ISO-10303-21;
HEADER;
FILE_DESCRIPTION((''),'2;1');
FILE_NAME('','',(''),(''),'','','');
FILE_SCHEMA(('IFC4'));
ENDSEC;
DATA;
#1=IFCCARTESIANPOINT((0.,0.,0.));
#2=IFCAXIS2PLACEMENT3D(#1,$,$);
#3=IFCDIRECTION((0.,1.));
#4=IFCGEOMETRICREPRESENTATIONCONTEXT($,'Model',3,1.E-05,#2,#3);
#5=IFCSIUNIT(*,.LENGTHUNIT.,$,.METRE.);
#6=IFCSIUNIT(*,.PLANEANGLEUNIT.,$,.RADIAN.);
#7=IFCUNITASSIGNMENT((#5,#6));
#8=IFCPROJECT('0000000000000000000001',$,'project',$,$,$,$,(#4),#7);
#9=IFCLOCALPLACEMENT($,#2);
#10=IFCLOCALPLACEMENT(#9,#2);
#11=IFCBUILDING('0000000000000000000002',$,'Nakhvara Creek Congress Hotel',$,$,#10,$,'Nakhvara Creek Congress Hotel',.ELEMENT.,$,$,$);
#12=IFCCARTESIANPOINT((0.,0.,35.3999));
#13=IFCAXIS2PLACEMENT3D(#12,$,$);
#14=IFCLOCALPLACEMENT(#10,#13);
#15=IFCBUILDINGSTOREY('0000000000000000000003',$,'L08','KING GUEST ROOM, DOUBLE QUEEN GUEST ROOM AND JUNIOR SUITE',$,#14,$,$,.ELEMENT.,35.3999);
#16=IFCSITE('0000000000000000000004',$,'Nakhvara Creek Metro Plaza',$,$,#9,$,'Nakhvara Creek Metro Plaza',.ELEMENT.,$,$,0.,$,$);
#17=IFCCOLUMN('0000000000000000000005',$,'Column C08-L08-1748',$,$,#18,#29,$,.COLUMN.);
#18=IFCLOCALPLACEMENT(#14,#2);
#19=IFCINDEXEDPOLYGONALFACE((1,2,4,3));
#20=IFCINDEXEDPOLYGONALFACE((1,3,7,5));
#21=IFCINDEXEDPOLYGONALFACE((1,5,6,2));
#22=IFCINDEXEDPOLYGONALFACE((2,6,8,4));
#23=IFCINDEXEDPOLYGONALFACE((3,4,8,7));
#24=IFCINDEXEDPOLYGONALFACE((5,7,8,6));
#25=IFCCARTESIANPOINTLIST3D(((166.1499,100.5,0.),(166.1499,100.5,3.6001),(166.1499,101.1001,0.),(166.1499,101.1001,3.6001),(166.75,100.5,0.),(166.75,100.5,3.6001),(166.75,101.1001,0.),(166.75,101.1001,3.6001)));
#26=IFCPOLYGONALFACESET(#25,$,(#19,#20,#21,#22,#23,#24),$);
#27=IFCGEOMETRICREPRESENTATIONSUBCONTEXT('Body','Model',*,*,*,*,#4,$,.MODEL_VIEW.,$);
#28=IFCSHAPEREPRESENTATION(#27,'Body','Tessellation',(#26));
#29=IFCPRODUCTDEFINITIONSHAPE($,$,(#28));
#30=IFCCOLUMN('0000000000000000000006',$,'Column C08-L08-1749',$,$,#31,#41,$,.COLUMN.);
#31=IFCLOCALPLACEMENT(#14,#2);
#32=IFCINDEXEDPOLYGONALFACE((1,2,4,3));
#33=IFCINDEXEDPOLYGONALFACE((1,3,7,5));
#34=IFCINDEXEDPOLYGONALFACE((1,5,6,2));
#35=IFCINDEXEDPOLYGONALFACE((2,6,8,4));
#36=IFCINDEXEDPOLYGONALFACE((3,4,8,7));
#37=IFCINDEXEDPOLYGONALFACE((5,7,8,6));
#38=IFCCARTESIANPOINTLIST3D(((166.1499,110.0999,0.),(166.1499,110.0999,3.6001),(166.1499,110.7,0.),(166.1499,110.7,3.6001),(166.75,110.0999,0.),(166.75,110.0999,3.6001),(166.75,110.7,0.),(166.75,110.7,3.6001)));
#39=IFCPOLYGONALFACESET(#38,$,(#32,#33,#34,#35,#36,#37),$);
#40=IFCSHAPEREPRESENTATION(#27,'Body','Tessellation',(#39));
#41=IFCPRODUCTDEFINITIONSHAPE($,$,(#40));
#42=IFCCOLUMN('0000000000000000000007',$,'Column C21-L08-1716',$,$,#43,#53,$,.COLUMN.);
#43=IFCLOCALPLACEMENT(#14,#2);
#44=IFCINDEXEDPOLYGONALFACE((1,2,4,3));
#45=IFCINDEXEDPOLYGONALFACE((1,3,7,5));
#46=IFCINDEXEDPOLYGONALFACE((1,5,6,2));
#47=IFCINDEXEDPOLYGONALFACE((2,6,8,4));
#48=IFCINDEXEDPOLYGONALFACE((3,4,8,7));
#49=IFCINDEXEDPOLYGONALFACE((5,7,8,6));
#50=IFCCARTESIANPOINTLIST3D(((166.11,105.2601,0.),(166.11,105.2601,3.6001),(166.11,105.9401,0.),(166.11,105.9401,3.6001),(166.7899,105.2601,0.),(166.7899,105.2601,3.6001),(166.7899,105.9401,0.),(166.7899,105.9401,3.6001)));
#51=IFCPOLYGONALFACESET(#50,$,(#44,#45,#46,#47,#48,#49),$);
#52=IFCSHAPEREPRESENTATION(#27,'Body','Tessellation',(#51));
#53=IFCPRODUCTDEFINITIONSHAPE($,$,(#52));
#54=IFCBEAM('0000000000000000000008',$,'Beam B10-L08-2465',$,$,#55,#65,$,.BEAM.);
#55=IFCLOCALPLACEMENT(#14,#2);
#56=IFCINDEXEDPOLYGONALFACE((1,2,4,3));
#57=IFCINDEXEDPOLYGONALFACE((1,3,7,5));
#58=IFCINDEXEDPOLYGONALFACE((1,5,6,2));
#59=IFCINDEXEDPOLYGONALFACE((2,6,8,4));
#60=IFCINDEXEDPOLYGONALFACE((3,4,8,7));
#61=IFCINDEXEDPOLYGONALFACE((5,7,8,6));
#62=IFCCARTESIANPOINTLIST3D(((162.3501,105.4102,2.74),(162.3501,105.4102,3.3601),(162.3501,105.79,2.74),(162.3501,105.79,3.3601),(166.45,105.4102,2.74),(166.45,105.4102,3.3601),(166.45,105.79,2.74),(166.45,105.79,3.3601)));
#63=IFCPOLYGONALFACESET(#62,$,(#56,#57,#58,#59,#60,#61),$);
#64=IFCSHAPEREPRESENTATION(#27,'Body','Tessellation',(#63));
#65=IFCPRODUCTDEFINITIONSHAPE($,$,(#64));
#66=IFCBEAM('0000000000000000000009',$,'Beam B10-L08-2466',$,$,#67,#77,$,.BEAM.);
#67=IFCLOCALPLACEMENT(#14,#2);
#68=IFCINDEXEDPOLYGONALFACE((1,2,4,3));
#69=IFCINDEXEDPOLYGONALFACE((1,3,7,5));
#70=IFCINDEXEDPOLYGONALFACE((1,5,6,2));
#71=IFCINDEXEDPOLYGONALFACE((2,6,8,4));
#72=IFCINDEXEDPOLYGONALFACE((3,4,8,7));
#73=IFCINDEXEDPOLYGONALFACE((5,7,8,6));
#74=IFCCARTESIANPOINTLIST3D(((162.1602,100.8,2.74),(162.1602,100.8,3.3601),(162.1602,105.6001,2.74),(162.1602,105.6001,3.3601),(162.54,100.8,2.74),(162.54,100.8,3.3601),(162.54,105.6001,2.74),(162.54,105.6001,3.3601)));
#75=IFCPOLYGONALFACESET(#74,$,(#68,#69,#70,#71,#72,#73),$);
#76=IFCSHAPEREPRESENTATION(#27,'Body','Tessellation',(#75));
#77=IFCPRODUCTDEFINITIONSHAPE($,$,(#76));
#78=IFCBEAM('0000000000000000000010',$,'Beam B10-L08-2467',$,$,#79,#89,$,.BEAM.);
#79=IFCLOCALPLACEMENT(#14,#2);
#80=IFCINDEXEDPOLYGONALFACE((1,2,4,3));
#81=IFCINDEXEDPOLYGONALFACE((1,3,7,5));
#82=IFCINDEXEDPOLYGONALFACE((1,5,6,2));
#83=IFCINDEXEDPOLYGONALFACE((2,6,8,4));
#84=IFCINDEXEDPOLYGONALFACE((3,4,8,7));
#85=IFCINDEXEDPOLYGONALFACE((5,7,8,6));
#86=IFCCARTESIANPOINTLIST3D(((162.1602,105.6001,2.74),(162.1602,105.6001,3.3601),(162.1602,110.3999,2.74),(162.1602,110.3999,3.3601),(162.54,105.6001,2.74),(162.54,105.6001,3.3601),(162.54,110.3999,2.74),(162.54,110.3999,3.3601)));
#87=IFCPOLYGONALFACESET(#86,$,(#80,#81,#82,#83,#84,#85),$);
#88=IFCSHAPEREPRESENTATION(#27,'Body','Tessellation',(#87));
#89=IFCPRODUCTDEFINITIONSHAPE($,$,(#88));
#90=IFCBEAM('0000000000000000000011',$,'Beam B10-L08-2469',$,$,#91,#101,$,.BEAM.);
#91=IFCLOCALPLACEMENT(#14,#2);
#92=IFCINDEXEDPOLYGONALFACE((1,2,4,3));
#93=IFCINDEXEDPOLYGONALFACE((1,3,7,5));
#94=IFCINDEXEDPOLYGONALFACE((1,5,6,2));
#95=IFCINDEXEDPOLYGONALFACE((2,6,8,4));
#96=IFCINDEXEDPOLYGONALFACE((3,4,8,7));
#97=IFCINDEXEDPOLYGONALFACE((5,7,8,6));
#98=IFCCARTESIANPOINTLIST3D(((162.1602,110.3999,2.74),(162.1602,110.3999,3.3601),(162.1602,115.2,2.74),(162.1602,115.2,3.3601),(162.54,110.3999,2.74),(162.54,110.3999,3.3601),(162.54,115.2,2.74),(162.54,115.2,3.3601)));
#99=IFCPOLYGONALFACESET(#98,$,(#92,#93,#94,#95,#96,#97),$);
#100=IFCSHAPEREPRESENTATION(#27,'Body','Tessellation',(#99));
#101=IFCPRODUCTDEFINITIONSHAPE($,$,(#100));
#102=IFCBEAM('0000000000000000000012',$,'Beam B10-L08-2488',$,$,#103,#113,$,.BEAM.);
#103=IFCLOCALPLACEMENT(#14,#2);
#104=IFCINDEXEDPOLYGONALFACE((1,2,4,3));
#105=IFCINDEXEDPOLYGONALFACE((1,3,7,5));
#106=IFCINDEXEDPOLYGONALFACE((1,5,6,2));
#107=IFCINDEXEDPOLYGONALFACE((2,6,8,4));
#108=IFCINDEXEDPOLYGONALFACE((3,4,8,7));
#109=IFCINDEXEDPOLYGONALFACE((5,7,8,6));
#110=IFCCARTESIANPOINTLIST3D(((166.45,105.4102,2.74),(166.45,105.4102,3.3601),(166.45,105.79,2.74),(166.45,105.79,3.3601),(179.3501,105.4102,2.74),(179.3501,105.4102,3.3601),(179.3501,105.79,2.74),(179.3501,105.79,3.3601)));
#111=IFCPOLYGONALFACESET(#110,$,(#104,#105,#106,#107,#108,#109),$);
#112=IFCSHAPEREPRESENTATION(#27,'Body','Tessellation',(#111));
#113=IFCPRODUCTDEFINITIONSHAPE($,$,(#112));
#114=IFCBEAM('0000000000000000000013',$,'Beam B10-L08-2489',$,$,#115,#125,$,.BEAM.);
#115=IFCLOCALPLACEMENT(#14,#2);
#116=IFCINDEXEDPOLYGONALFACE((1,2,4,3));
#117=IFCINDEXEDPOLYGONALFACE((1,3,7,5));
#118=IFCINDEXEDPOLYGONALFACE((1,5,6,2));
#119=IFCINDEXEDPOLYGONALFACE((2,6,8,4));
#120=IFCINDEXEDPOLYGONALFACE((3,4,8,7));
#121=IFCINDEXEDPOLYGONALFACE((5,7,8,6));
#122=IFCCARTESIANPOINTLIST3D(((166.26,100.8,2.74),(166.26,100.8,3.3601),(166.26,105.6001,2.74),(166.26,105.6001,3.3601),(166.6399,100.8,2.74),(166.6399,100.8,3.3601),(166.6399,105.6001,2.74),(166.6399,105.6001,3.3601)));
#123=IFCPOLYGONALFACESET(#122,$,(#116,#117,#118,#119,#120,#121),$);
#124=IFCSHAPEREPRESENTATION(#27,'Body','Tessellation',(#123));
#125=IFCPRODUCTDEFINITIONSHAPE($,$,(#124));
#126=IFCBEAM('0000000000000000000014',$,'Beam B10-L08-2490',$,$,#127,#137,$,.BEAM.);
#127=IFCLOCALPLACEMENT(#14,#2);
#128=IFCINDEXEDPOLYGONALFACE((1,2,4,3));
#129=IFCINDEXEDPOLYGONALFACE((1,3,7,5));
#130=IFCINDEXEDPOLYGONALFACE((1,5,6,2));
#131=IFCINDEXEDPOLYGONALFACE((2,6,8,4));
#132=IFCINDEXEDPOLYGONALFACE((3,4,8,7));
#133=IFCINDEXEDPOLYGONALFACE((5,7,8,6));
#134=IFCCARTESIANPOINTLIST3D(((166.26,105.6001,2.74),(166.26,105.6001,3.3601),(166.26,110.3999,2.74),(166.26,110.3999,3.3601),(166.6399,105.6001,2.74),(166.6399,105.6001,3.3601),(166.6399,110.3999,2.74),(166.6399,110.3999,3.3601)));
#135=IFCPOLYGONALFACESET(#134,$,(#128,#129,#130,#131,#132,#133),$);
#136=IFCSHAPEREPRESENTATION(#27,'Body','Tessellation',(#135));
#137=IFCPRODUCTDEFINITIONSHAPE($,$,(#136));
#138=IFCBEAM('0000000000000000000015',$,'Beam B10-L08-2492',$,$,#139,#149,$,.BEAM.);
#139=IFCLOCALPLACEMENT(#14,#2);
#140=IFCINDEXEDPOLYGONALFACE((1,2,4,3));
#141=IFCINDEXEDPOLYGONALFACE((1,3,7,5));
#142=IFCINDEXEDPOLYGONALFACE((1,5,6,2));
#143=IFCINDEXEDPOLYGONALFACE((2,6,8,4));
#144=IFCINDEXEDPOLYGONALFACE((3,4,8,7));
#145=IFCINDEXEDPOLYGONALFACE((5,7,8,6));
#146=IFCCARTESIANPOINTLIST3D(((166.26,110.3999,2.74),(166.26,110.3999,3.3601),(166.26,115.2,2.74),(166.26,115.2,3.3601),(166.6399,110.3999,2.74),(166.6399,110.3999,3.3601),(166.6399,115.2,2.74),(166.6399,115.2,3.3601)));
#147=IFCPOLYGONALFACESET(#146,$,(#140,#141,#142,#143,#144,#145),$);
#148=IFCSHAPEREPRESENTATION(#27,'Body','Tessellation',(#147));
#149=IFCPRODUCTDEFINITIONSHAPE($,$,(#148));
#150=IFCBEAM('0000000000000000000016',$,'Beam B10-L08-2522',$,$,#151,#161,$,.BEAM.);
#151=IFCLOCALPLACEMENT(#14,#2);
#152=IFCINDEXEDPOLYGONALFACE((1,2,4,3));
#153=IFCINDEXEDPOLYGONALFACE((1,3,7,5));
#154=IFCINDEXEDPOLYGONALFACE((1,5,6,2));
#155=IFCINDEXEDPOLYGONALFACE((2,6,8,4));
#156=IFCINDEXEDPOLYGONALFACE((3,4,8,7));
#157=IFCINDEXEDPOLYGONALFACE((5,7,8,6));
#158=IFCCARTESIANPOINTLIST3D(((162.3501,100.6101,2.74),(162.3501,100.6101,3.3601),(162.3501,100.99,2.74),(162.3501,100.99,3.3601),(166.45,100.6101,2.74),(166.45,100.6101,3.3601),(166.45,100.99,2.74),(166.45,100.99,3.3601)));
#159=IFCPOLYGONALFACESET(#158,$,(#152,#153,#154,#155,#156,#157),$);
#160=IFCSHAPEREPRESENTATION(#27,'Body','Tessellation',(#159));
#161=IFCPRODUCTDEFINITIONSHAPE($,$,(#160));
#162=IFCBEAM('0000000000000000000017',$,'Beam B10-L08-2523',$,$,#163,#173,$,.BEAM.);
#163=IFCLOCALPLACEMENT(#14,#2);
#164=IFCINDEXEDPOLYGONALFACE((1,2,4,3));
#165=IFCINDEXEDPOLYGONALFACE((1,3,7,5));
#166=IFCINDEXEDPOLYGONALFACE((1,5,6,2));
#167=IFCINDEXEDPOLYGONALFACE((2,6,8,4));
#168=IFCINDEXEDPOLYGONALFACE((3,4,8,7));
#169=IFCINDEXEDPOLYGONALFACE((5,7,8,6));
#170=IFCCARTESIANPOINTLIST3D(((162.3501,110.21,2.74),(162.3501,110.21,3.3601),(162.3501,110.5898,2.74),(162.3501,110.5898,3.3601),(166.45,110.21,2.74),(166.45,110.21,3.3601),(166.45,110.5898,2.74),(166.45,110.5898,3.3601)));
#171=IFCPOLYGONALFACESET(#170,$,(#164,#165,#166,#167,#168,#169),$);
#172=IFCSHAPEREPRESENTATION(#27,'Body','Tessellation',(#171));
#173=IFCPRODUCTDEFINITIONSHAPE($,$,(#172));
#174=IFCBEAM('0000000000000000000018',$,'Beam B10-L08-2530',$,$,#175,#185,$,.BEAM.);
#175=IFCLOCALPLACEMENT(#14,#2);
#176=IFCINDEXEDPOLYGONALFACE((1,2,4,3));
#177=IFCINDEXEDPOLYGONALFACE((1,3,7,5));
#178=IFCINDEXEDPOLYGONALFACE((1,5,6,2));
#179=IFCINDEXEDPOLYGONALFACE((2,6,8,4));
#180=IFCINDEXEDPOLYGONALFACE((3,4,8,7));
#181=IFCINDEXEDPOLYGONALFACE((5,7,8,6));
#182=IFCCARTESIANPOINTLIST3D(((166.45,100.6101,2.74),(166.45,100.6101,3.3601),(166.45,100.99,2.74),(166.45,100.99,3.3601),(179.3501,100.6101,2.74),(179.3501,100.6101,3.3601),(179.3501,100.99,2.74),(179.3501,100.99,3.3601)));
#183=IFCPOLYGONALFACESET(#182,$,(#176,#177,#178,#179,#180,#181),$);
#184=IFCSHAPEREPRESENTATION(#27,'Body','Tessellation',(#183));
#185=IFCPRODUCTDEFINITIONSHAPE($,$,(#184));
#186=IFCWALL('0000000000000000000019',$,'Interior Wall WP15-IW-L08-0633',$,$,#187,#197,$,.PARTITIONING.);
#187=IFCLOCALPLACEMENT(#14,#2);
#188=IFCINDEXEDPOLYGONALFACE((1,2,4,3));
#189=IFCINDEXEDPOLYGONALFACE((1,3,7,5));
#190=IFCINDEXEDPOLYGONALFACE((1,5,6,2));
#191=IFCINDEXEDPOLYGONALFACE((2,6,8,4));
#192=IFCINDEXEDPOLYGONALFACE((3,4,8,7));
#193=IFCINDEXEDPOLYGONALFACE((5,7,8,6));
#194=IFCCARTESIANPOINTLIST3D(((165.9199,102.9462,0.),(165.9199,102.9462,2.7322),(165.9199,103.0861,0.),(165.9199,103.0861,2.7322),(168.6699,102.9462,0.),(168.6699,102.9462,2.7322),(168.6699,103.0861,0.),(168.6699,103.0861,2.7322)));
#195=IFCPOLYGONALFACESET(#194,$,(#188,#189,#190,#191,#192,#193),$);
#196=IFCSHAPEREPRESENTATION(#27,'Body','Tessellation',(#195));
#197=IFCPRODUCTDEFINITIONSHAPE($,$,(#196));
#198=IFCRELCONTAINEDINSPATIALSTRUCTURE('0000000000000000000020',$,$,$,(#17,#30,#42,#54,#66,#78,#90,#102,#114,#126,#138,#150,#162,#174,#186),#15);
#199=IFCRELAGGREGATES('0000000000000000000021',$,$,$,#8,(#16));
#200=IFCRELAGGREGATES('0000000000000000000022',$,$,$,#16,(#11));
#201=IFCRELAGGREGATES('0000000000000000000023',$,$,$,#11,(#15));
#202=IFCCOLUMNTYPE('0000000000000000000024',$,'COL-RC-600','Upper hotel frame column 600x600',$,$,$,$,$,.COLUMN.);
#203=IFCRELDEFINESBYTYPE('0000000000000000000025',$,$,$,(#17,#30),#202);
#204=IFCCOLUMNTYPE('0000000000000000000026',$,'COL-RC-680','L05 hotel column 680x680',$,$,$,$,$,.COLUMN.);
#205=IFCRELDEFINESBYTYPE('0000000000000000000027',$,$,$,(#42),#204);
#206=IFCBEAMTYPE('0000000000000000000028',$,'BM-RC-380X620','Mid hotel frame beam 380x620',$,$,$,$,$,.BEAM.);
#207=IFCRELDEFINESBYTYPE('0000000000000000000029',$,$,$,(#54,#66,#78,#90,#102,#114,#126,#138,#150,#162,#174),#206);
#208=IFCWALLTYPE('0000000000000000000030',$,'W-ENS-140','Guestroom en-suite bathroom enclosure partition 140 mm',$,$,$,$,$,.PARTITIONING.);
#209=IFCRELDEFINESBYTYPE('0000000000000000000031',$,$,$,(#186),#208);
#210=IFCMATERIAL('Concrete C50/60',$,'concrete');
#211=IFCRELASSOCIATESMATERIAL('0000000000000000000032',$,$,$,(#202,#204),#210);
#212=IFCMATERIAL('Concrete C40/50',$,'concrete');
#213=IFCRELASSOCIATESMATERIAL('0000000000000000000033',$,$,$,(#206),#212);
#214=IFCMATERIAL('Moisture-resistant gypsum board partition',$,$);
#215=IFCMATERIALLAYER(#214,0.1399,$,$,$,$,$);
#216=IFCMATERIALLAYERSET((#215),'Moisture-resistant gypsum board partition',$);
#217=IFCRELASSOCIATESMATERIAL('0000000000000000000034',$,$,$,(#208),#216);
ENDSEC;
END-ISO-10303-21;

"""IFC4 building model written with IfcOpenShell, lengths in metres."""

from ifc_helpers import new_model, si_unit, direction, frame, frame_2d, origin, origin_2d, place, context, subcontext, project, spatial, rectangle, extrude, material, layer, layer_set, material_profile, profile_set, type_object, element, save


model = new_model("IFC4")

# Units and contexts
model_context = context("Model", 3, precision=1e-05, world=origin(), true_north=direction((0.0, 1.0)))
body_context = subcontext(model_context, "Body", "Model", "MODEL_VIEW")
ifc_project = project(units=[si_unit("LENGTHUNIT", "METRE"), si_unit("PLANEANGLEUNIT", "RADIAN")], contexts=[model_context])

# Site, building, storey
site_placement = place(None, origin())
site = spatial("IfcSite", under=ifc_project, at=site_placement, Name="Nakhvara Creek Metro Plaza", LongName="Nakhvara Creek Metro Plaza", CompositionType="ELEMENT", RefElevation=0.0)
building_placement = place(site_placement, origin())
building = spatial("IfcBuilding", under=site, at=building_placement, Name="Nakhvara Creek Congress Hotel", LongName="Nakhvara Creek Congress Hotel", CompositionType="ELEMENT")
storey_placement = place(building_placement, frame((0.0, 0.0, 35.3999)))
storey = spatial("IfcBuildingStorey", under=building, at=storey_placement, Name="L08", Description="KING GUEST ROOM, DOUBLE QUEEN GUEST ROOM AND JUNIOR SUITE", CompositionType="ELEMENT", Elevation=35.3999)

# Columns
ifc_material_1 = material(Name="Concrete C50/60", Category="concrete")
ifc_material_profile_1 = material_profile(ifc_material_1, rectangle(XDim=0.6001, YDim=0.6001, at=origin_2d()), Name="RC-COL 600x600", Category="LoadBearing")
ifc_profile_set_1 = profile_set([ifc_material_profile_1], Name="Concrete C50/60")
column_type_1 = type_object("IfcColumnType", Name="COL-RC-600", Description="Upper hotel frame column 600x600", PredefinedType="COLUMN", material=ifc_profile_set_1)
for number, where, z_axis, x_axis, name in (
    (1, (166.45, 100.8, 0.0), (0.0, 0.0, 1.0), (1.0, 0.0, 0.0), "Column C08-L08-1748"),
    (2, (166.45, 110.3999, 0.0), (0.0, 0.0, 1.0), (1.0, 0.0, 0.0), "Column C08-L08-1749"),
):
    element("IfcColumn", number, at=place(storey_placement, frame(where, z_axis=z_axis, x_axis=x_axis)), inside=storey, type_object=column_type_1, Name=name, PredefinedType="COLUMN", context=body_context, shape_type="SweptSolid", body=[
        extrude(rectangle(XDim=0.6001, YDim=0.6001, at=origin_2d()), origin(), (0.0, 0.0, 1.0), 3.6001),
    ])
ifc_material_profile_2 = material_profile(ifc_material_1, rectangle(XDim=0.6799, YDim=0.6799, at=origin_2d()), Name="RC-COL 680x680", Category="LoadBearing")
ifc_profile_set_2 = profile_set([ifc_material_profile_2], Name="Concrete C50/60")
column_type_2 = type_object("IfcColumnType", Name="COL-RC-680", Description="L05 hotel column 680x680", PredefinedType="COLUMN", material=ifc_profile_set_2)
column_placement = place(storey_placement, frame((166.45, 105.6001, 0.0), z_axis=(0.0, 0.0, 1.0), x_axis=(1.0, 0.0, 0.0)))
element("IfcColumn", 3, at=column_placement, inside=storey, type_object=column_type_2, Name="Column C21-L08-1716", PredefinedType="COLUMN", context=body_context, shape_type="SweptSolid", body=[
    extrude(rectangle(XDim=0.6799, YDim=0.6799, at=origin_2d()), origin(), (0.0, 0.0, 1.0), 3.6001),
])

# Beams
ifc_material_2 = material(Name="Concrete C40/50", Category="concrete")
ifc_material_profile_3 = material_profile(ifc_material_2, rectangle(XDim=0.3799, YDim=0.6201, at=origin_2d()), Name="RC-BM 380x620", Category="LoadBearing")
ifc_profile_set_3 = profile_set([ifc_material_profile_3], Name="Concrete C40/50")
beam_type = type_object("IfcBeamType", Name="BM-RC-380X620", Description="Mid hotel frame beam 380x620", PredefinedType="BEAM", material=ifc_profile_set_3)
beam_1_placement = place(storey_placement, frame((162.3501, 105.6001, 3.05), z_axis=(1.0, 0.0, 0.0), x_axis=(0.0, 1.0, 0.0)))
element("IfcBeam", 4, at=beam_1_placement, inside=storey, type_object=beam_type, Name="Beam B10-L08-2465", PredefinedType="BEAM", context=body_context, shape_type="SweptSolid", body=[
    extrude(rectangle(XDim=0.3799, YDim=0.6201, at=origin_2d()), origin(), (0.0, 0.0, 1.0), 4.0999),
])
beam_2_placement = place(storey_placement, frame((162.3501, 100.8, 3.05), z_axis=(0.0, 1.0, 0.0), x_axis=(-1.0, 0.0, 0.0)))
element("IfcBeam", 5, at=beam_2_placement, inside=storey, type_object=beam_type, Name="Beam B10-L08-2466", PredefinedType="BEAM", context=body_context, shape_type="SweptSolid", body=[
    extrude(rectangle(XDim=0.3799, YDim=0.6201, at=origin_2d()), origin(), (0.0, 0.0, 1.0), 4.8),
])
beam_3_placement = place(storey_placement, frame((162.3501, 105.6001, 3.05), z_axis=(0.0, 1.0, 0.0), x_axis=(-1.0, 0.0, 0.0)))
element("IfcBeam", 6, at=beam_3_placement, inside=storey, type_object=beam_type, Name="Beam B10-L08-2467", PredefinedType="BEAM", context=body_context, shape_type="SweptSolid", body=[
    extrude(rectangle(XDim=0.3799, YDim=0.6201, at=origin_2d()), origin(), (0.0, 0.0, 1.0), 4.7998),
])
beam_4_placement = place(storey_placement, frame((162.3501, 110.3999, 3.05), z_axis=(0.0, 1.0, 0.0), x_axis=(-1.0, 0.0, 0.0)))
element("IfcBeam", 7, at=beam_4_placement, inside=storey, type_object=beam_type, Name="Beam B10-L08-2469", PredefinedType="BEAM", context=body_context, shape_type="SweptSolid", body=[
    extrude(rectangle(XDim=0.3799, YDim=0.6201, at=origin_2d()), origin(), (0.0, 0.0, 1.0), 4.8),
])
beam_5_placement = place(storey_placement, frame((166.45, 105.6001, 3.05), z_axis=(1.0, 0.0, 0.0), x_axis=(0.0, 1.0, 0.0)))
element("IfcBeam", 8, at=beam_5_placement, inside=storey, type_object=beam_type, Name="Beam B10-L08-2488", PredefinedType="BEAM", context=body_context, shape_type="SweptSolid", body=[
    extrude(rectangle(XDim=0.3799, YDim=0.6201, at=origin_2d()), origin(), (0.0, 0.0, 1.0), 12.9001),
])
beam_6_placement = place(storey_placement, frame((166.45, 100.8, 3.05), z_axis=(0.0, 1.0, 0.0), x_axis=(-1.0, 0.0, 0.0)))
element("IfcBeam", 9, at=beam_6_placement, inside=storey, type_object=beam_type, Name="Beam B10-L08-2489", PredefinedType="BEAM", context=body_context, shape_type="SweptSolid", body=[
    extrude(rectangle(XDim=0.3799, YDim=0.6201, at=origin_2d()), origin(), (0.0, 0.0, 1.0), 4.8),
])
beam_7_placement = place(storey_placement, frame((166.45, 105.6001, 3.05), z_axis=(0.0, 1.0, 0.0), x_axis=(-1.0, 0.0, 0.0)))
element("IfcBeam", 10, at=beam_7_placement, inside=storey, type_object=beam_type, Name="Beam B10-L08-2490", PredefinedType="BEAM", context=body_context, shape_type="SweptSolid", body=[
    extrude(rectangle(XDim=0.3799, YDim=0.6201, at=origin_2d()), origin(), (0.0, 0.0, 1.0), 4.7998),
])
beam_8_placement = place(storey_placement, frame((166.45, 110.3999, 3.05), z_axis=(0.0, 1.0, 0.0), x_axis=(-1.0, 0.0, 0.0)))
element("IfcBeam", 11, at=beam_8_placement, inside=storey, type_object=beam_type, Name="Beam B10-L08-2492", PredefinedType="BEAM", context=body_context, shape_type="SweptSolid", body=[
    extrude(rectangle(XDim=0.3799, YDim=0.6201, at=origin_2d()), origin(), (0.0, 0.0, 1.0), 4.8),
])
for number, where, z_axis, x_axis, name in (
    (12, (162.3501, 100.8, 3.05), (1.0, 0.0, 0.0), (0.0, 1.0, 0.0), "Beam B10-L08-2522"),
    (13, (162.3501, 110.3999, 3.05), (1.0, 0.0, 0.0), (0.0, 1.0, 0.0), "Beam B10-L08-2523"),
):
    element("IfcBeam", number, at=place(storey_placement, frame(where, z_axis=z_axis, x_axis=x_axis)), inside=storey, type_object=beam_type, Name=name, PredefinedType="BEAM", context=body_context, shape_type="SweptSolid", body=[
        extrude(rectangle(XDim=0.3799, YDim=0.6201, at=origin_2d()), origin(), (0.0, 0.0, 1.0), 4.0999),
    ])
beam_9_placement = place(storey_placement, frame((166.45, 100.8, 3.05), z_axis=(1.0, 0.0, 0.0), x_axis=(0.0, 1.0, 0.0)))
element("IfcBeam", 14, at=beam_9_placement, inside=storey, type_object=beam_type, Name="Beam B10-L08-2530", PredefinedType="BEAM", context=body_context, shape_type="SweptSolid", body=[
    extrude(rectangle(XDim=0.3799, YDim=0.6201, at=origin_2d()), origin(), (0.0, 0.0, 1.0), 12.9001),
])

# Wall
ifc_material_3 = material(Name="Moisture-resistant gypsum board partition")
ifc_layer_1 = layer(ifc_material_3, 0.1399)
ifc_layer_set_1 = layer_set([ifc_layer_1], Name="Moisture-resistant gypsum board partition")
wall_type_1 = type_object("IfcWallType", Name="W-ENS-140", Description="Guestroom en-suite bathroom enclosure partition 140 mm", PredefinedType="PARTITIONING", material=ifc_layer_set_1)
for number, where, z_axis, x_axis, name in (
    (15, (165.9199, 103.0161, 0.0), (0.0, 0.0, 1.0), (1.0, 0.0, 0.0), "Interior Wall WP15-IW-L08-0633"),
):
    element("IfcWall", number, at=place(storey_placement, frame(where, z_axis=z_axis, x_axis=x_axis)), inside=storey, type_object=wall_type_1, Name=name, PredefinedType="PARTITIONING", context=body_context, shape_type="SweptSolid", body=[
        extrude(rectangle(XDim=2.75, YDim=0.1399, at=frame_2d((1.375, 0.0))), origin(), (0.0, 0.0, 1.0), 2.7322),
    ])

save(model, "model.ifc")
